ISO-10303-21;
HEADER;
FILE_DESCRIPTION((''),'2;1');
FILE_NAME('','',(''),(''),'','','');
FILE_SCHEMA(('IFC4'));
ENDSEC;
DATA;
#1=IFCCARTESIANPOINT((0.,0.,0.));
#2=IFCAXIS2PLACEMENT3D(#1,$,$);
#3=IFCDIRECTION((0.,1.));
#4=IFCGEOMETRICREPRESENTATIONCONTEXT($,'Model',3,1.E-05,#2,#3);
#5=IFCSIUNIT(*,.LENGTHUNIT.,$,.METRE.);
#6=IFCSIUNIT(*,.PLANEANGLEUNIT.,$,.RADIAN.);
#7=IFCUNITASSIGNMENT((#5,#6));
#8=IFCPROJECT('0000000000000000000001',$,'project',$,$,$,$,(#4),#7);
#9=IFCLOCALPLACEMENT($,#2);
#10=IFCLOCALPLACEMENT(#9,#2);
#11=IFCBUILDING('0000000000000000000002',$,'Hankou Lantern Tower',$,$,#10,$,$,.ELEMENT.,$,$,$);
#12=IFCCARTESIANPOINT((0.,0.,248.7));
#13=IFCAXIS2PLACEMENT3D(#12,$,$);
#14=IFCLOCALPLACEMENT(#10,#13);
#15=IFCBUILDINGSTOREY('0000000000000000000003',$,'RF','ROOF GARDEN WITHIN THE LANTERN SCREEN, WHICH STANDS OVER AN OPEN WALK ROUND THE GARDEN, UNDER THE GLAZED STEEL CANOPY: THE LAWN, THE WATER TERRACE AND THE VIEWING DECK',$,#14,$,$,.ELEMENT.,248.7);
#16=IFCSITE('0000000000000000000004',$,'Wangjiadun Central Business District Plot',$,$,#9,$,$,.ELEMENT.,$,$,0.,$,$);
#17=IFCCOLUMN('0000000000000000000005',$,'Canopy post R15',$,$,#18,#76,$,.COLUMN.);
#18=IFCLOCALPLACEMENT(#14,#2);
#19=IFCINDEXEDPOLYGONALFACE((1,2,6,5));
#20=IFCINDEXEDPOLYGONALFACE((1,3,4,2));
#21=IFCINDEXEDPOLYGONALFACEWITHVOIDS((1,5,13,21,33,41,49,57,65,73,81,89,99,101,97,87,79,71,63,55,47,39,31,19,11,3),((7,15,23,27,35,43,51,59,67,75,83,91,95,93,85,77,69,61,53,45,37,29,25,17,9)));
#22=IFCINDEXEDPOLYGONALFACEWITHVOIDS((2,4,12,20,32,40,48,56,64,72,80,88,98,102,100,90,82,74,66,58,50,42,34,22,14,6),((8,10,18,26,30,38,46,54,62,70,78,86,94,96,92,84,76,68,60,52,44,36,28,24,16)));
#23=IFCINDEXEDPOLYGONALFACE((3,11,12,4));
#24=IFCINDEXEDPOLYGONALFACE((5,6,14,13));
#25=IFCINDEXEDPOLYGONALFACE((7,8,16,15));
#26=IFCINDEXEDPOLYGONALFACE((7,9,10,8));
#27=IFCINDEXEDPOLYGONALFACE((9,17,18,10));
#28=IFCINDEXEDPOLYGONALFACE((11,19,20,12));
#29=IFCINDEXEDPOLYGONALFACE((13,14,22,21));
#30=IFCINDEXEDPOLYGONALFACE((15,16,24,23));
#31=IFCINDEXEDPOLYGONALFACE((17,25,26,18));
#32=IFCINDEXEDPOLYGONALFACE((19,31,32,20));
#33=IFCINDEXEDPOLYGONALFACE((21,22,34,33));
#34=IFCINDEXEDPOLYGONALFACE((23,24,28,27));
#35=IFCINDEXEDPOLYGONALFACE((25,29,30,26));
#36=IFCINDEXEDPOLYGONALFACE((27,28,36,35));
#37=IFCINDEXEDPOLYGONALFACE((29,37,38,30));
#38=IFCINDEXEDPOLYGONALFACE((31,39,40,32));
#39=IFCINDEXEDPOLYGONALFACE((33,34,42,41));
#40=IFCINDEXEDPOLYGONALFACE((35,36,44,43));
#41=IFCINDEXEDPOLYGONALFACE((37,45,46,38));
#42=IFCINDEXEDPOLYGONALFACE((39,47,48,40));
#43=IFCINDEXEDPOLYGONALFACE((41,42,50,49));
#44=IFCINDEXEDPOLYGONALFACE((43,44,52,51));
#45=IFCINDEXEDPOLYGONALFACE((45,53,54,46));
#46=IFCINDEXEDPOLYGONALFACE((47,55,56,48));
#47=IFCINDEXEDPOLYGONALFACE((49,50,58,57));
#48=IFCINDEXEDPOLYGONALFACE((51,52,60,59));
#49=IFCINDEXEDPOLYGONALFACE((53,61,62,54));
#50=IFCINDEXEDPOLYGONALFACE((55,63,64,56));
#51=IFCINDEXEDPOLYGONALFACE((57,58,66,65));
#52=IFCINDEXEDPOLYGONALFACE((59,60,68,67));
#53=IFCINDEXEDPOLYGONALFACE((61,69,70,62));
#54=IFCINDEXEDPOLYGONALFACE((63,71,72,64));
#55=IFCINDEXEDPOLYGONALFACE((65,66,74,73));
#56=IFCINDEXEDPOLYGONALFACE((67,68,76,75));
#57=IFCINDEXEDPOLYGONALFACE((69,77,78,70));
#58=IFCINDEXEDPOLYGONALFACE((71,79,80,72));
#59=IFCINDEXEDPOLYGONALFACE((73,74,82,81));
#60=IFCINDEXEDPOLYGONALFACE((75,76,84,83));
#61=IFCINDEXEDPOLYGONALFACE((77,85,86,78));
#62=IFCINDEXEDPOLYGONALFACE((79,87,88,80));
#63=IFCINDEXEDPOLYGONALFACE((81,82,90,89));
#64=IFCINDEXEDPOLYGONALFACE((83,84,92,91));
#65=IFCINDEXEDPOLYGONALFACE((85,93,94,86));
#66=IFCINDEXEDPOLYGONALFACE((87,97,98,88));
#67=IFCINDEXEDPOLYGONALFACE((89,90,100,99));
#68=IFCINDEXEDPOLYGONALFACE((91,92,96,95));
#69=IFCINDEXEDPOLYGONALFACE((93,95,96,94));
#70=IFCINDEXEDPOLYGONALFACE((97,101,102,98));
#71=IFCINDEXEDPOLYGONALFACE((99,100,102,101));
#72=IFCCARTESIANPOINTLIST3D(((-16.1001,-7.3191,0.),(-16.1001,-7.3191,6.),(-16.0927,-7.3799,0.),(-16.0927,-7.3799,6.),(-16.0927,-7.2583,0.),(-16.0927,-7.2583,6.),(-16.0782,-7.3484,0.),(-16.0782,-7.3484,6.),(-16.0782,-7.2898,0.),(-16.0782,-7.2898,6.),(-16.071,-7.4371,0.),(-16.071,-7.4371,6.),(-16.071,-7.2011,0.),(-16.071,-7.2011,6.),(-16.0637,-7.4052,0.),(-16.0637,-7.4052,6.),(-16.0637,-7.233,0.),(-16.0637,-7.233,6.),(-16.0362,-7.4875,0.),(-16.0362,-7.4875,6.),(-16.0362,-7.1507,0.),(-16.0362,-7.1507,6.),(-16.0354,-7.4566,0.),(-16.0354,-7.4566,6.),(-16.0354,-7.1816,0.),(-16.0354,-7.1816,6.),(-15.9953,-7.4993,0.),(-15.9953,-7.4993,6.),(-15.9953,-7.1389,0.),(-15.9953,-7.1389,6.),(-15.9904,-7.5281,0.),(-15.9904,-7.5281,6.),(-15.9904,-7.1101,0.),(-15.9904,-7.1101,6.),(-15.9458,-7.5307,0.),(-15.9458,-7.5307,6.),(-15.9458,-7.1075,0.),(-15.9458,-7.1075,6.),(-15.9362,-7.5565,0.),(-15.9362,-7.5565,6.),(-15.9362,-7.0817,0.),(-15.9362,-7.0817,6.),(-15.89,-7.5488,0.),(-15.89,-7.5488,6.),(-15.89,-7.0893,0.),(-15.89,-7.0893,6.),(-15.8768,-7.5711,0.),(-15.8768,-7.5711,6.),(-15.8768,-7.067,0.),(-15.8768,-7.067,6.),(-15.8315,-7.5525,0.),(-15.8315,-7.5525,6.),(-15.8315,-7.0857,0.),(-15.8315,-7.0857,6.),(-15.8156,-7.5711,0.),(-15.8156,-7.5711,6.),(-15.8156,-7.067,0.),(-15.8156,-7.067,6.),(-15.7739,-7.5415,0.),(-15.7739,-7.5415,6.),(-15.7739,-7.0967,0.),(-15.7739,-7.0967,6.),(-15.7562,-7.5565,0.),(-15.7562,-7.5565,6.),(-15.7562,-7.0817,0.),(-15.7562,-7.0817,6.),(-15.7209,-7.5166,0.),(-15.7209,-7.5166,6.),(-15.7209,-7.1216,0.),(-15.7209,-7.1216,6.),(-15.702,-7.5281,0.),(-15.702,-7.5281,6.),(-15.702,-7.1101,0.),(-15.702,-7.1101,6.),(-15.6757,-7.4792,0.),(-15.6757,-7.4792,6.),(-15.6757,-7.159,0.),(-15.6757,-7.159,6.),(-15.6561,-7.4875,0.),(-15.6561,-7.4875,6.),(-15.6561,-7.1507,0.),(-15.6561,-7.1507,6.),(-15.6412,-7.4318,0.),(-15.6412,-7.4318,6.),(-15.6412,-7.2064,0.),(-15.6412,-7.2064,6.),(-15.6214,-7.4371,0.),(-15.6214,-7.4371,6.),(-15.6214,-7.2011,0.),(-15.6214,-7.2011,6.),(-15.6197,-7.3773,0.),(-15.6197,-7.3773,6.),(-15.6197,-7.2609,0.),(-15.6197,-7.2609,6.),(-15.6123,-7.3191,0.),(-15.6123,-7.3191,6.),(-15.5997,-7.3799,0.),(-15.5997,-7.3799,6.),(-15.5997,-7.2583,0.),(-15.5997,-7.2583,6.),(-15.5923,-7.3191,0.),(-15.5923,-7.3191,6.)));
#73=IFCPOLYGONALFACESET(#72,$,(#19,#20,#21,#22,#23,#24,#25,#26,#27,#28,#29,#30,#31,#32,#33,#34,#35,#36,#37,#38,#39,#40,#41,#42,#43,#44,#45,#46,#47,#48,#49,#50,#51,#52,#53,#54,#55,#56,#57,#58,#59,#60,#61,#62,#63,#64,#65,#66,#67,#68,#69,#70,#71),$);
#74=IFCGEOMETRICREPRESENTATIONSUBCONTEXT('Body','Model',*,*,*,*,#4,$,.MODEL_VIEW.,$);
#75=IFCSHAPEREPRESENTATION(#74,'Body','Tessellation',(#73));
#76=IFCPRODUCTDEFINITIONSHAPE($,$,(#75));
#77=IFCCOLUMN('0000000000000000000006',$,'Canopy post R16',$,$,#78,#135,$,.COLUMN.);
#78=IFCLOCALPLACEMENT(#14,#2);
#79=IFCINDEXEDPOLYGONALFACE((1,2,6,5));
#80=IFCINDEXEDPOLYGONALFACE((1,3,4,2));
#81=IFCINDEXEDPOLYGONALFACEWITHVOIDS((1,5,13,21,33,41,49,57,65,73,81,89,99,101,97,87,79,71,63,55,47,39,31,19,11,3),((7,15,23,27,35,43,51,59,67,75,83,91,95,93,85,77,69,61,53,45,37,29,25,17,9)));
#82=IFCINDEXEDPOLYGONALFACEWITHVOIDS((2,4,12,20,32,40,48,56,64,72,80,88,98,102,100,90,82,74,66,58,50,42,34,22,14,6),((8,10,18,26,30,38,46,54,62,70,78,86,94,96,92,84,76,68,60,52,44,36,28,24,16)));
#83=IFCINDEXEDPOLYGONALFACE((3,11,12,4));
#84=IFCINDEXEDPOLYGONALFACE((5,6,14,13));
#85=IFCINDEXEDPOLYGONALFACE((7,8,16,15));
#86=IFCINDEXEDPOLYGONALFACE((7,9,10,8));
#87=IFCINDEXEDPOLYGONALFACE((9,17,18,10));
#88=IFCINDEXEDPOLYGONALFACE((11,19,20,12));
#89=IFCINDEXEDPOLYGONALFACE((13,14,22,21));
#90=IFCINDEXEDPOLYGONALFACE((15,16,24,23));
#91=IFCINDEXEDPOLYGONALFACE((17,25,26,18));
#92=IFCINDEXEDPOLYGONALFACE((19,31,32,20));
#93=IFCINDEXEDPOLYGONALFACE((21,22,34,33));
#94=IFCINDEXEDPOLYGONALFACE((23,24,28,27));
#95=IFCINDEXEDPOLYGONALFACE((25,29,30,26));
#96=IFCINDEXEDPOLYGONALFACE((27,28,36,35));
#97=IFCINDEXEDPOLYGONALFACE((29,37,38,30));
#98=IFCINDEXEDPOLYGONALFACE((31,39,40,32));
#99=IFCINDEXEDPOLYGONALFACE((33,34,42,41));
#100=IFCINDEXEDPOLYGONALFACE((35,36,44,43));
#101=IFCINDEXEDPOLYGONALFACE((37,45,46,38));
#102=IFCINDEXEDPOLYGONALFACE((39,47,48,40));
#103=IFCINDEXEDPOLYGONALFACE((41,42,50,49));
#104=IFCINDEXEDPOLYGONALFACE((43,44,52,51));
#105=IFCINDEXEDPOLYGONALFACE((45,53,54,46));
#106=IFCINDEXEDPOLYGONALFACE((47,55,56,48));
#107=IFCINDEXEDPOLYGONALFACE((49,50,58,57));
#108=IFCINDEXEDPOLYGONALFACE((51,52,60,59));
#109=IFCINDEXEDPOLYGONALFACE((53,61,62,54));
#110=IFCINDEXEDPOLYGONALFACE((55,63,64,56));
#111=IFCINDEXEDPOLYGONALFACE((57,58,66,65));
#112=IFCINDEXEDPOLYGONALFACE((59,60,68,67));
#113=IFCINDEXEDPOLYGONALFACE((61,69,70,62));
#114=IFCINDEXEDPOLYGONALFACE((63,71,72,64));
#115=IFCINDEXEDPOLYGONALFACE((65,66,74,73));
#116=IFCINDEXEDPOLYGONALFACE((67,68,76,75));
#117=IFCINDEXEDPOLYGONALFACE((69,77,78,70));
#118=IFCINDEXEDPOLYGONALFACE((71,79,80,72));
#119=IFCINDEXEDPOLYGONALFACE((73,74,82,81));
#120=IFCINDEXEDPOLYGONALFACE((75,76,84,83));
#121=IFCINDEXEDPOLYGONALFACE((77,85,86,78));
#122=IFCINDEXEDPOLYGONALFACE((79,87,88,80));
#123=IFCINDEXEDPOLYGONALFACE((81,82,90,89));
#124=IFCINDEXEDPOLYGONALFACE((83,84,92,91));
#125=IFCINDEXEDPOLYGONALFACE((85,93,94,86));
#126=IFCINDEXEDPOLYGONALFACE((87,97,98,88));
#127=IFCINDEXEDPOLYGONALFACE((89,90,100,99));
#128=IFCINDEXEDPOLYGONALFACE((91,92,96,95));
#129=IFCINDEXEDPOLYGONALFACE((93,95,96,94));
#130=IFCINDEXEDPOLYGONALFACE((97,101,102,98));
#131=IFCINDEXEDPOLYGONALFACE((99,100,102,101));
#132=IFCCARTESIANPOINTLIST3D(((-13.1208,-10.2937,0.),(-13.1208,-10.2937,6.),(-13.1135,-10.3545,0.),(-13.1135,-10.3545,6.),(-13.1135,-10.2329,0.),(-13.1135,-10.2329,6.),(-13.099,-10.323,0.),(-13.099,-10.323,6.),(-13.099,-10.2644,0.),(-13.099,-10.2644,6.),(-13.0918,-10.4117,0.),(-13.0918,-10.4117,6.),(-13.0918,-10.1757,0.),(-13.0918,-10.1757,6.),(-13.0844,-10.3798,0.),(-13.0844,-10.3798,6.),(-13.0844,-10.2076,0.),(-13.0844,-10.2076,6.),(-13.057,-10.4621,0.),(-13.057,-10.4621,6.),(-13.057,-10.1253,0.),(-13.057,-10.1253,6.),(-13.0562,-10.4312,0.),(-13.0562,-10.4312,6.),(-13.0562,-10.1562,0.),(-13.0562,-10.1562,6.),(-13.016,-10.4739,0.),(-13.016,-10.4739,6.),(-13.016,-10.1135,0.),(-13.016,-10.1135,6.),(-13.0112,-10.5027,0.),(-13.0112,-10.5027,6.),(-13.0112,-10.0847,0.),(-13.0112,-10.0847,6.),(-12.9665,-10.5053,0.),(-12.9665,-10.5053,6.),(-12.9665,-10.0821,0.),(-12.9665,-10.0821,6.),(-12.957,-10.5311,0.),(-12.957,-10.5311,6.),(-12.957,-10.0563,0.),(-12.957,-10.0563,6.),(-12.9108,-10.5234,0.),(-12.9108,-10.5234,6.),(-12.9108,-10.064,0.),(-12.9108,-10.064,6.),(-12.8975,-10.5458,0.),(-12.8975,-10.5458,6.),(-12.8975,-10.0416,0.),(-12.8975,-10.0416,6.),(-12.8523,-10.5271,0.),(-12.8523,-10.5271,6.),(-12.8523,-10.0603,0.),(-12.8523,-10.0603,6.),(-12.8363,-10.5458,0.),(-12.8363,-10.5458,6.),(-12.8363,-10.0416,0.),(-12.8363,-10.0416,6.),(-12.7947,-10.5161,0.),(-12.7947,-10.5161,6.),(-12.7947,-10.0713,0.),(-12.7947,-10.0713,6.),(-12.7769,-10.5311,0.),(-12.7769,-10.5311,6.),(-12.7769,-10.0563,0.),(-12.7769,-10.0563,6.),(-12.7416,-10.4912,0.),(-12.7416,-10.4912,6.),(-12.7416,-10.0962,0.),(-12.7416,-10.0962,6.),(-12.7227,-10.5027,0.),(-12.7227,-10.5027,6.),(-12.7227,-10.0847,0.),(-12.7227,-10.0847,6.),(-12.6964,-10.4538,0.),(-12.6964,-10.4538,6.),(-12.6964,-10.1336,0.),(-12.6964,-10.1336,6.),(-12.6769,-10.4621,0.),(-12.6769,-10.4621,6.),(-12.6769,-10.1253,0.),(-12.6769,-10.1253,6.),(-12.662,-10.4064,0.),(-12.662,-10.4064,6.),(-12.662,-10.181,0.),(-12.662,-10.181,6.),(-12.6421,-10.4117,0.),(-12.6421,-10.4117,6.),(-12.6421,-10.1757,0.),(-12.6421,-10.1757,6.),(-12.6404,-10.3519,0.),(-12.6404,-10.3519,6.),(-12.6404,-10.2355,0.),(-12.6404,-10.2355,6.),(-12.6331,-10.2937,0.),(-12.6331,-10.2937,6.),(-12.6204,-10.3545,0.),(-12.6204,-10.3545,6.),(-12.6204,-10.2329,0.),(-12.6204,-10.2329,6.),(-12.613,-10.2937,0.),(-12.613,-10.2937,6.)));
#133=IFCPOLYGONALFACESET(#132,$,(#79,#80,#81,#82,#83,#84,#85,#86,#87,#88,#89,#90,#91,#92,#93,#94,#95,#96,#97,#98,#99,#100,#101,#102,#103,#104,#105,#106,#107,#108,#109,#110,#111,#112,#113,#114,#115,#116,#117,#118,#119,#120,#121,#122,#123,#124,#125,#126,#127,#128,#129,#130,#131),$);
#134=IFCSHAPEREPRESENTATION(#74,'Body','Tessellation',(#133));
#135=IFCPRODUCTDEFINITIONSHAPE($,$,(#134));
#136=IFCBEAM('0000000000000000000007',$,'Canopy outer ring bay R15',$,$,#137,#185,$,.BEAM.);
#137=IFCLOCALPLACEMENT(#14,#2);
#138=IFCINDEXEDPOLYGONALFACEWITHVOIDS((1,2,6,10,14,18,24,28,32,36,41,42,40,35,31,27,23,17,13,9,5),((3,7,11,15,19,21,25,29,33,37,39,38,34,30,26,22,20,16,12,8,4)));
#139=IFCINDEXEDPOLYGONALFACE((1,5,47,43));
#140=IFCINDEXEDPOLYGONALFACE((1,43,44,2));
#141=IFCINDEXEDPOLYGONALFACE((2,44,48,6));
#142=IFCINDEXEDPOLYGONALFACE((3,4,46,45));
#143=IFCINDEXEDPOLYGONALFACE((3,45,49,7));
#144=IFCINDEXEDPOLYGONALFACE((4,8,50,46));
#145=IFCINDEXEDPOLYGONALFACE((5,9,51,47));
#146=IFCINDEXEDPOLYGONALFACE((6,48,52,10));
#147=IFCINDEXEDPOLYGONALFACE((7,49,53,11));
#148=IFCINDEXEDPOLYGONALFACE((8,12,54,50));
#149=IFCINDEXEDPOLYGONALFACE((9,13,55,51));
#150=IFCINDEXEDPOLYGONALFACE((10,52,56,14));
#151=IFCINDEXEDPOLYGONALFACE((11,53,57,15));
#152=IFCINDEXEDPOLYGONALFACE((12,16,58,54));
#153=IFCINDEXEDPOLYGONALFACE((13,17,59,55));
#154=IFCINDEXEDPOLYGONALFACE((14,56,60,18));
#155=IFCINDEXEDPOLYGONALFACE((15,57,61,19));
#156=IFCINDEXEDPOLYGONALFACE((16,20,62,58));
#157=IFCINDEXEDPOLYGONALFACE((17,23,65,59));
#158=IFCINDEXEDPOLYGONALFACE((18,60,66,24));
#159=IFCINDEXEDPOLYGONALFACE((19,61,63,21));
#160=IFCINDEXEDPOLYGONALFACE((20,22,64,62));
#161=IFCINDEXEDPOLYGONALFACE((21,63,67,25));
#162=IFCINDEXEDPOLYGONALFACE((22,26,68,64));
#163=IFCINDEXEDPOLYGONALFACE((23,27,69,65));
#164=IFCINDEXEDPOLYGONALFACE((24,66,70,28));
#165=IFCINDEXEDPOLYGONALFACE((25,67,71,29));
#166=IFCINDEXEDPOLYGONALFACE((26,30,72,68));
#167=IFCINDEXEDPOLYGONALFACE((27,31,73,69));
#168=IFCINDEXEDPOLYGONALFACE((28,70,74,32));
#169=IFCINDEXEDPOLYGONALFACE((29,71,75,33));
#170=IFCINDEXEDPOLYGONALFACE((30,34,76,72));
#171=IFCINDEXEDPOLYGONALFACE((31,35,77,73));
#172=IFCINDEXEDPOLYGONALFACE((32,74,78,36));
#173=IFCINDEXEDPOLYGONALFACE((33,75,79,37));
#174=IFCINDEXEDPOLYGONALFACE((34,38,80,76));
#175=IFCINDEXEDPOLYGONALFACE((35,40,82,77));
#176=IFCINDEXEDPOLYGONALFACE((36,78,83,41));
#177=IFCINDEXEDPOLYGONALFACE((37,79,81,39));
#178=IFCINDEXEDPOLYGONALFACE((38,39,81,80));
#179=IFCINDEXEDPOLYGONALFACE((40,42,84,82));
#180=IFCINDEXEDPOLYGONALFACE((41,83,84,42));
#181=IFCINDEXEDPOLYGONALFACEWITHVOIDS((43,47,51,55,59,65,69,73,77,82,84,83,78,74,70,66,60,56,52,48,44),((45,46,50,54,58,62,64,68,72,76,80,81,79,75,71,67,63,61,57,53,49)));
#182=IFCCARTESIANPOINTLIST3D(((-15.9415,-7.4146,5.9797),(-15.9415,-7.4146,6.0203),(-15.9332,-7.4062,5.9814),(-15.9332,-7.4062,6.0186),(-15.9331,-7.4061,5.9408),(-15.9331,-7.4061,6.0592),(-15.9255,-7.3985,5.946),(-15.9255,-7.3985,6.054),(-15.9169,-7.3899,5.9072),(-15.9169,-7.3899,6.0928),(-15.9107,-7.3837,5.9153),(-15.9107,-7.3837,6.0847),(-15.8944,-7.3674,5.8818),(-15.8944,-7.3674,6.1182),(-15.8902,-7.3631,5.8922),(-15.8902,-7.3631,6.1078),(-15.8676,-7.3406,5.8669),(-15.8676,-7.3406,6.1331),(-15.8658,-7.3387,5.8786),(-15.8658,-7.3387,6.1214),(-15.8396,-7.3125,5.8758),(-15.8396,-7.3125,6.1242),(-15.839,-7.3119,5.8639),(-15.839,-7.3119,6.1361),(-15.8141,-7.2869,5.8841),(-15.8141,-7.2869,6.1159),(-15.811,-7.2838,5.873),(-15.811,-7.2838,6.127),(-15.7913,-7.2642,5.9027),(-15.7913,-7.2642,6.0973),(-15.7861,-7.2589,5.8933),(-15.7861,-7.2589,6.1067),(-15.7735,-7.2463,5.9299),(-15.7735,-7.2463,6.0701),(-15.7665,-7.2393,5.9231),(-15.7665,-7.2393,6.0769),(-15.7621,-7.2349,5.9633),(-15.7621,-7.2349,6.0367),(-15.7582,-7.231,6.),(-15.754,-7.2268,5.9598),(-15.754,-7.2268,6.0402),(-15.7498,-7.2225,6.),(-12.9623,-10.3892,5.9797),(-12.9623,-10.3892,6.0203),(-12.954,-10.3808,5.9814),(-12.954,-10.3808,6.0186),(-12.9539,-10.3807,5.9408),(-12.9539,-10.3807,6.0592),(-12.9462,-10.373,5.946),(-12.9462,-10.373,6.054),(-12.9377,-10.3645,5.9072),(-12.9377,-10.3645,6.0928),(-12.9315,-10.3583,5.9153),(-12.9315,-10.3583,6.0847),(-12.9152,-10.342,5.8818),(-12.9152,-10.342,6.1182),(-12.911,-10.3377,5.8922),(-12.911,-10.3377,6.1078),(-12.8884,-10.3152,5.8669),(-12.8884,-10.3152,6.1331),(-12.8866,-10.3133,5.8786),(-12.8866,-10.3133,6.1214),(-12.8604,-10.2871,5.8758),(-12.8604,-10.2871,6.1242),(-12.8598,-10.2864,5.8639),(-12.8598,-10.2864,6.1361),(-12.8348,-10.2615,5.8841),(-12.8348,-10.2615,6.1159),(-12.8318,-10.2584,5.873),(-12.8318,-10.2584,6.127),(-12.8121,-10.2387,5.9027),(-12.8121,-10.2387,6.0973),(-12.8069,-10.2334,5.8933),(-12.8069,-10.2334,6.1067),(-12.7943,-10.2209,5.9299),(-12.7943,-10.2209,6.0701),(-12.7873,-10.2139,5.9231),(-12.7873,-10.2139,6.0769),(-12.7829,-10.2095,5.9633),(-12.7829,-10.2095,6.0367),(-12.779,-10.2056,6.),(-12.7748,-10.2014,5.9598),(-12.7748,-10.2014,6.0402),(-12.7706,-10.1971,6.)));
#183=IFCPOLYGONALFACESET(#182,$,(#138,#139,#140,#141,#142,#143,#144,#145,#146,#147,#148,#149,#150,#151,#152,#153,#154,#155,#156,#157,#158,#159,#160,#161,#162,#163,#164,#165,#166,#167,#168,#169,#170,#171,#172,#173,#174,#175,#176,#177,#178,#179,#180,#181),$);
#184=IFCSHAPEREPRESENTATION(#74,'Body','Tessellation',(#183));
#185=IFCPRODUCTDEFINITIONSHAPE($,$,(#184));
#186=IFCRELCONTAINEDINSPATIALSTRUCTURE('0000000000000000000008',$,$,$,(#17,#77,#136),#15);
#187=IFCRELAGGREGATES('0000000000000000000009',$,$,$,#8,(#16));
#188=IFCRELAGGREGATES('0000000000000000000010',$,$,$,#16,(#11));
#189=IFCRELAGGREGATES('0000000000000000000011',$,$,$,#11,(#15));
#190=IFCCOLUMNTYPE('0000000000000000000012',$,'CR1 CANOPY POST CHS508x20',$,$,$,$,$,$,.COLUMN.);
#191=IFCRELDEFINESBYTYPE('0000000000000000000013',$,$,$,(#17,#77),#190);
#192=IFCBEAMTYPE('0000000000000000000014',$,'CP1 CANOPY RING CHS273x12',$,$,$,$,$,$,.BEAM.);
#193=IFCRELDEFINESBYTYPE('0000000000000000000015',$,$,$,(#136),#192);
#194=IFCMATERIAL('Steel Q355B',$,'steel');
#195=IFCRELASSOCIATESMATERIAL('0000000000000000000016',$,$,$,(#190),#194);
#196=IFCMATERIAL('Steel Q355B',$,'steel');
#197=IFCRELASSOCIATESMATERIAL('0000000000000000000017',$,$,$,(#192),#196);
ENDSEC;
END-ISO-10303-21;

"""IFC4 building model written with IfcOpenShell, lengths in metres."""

from ifc_helpers import new_model, si_unit, direction, frame, origin, origin_2d, place, context, subcontext, project, spatial, hollow_circle, extrude, material, material_profile, profile_set, type_object, element, save


model = new_model("IFC4")

# Units and contexts
model_context = context("Model", 3, precision=1e-05, world=origin(), true_north=direction((0.0, 1.0)))
body_context = subcontext(model_context, "Body", "Model", "MODEL_VIEW")
ifc_project = project(units=[si_unit("LENGTHUNIT", "METRE"), si_unit("PLANEANGLEUNIT", "RADIAN")], contexts=[model_context])

# Site, building, storey
site_placement = place(None, origin())
site = spatial("IfcSite", under=ifc_project, at=site_placement, Name="Wangjiadun Central Business District Plot", CompositionType="ELEMENT", RefElevation=0.0)
building_placement = place(site_placement, origin())
building = spatial("IfcBuilding", under=site, at=building_placement, Name="Hankou Lantern Tower", CompositionType="ELEMENT")
storey_placement = place(building_placement, frame((0.0, 0.0, 248.7)))
storey = spatial("IfcBuildingStorey", under=building, at=storey_placement, Name="RF", Description="ROOF GARDEN WITHIN THE LANTERN SCREEN, WHICH STANDS OVER AN OPEN WALK ROUND THE GARDEN, UNDER THE GLAZED STEEL CANOPY: THE LAWN, THE WATER TERRACE AND THE VIEWING DECK", CompositionType="ELEMENT", Elevation=248.7)

# Columns
ifc_material_1 = material(Name="Steel Q355B", Category="steel")
ifc_material_profile_1 = material_profile(ifc_material_1, hollow_circle(Radius=0.2539, WallThickness=0.02, at=origin_2d()), Name="CHS508x20")
ifc_profile_set_1 = profile_set([ifc_material_profile_1], Name="Steel Q355B")
column_type = type_object("IfcColumnType", Name="CR1 CANOPY POST CHS508x20", PredefinedType="COLUMN", material=ifc_profile_set_1)
for number, where, z_axis, x_axis, name in (
    (1, (-15.8462, -7.3191, 0.0), (0.0, 0.0, 1.0), (1.0, 0.0, 0.0), "Canopy post R15"),
    (2, (-12.8669, -10.2937, 0.0), (0.0, 0.0, 1.0), (1.0, 0.0, 0.0), "Canopy post R16"),
):
    element("IfcColumn", number, at=place(storey_placement, frame(where, z_axis=z_axis, x_axis=x_axis)), inside=storey, type_object=column_type, Name=name, PredefinedType="COLUMN", context=body_context, shape_type="SweptSolid", body=[
        extrude(hollow_circle(Radius=0.2539, WallThickness=0.02, at=origin_2d()), origin(), (0.0, 0.0, 1.0), 6.0),
    ])

# Beam
ifc_material_2 = material(Name="Steel Q355B", Category="steel")
ifc_material_profile_2 = material_profile(ifc_material_2, hollow_circle(Radius=0.1365, WallThickness=0.012, at=origin_2d()), Name="CHS273x12")
ifc_profile_set_2 = profile_set([ifc_material_profile_2], Name="Steel Q355B")
beam_type_1 = type_object("IfcBeamType", Name="CP1 CANOPY RING CHS273x12", PredefinedType="BEAM", material=ifc_profile_set_2)
beam_1_placement = place(storey_placement, frame((-15.8462, -7.3191, 6.0), z_axis=(0.707657, -0.706556, 0.0), x_axis=(0.706556, 0.707657, 0.0)))
element("IfcBeam", 3, at=beam_1_placement, inside=storey, type_object=beam_type_1, Name="Canopy outer ring bay R15", PredefinedType="BEAM", context=body_context, shape_type="SweptSolid", body=[
    extrude(hollow_circle(Radius=0.1365, WallThickness=0.012, at=origin_2d()), origin(), (0.0, 0.0, 1.0), 4.21),
])

save(model, "model.ifc")
